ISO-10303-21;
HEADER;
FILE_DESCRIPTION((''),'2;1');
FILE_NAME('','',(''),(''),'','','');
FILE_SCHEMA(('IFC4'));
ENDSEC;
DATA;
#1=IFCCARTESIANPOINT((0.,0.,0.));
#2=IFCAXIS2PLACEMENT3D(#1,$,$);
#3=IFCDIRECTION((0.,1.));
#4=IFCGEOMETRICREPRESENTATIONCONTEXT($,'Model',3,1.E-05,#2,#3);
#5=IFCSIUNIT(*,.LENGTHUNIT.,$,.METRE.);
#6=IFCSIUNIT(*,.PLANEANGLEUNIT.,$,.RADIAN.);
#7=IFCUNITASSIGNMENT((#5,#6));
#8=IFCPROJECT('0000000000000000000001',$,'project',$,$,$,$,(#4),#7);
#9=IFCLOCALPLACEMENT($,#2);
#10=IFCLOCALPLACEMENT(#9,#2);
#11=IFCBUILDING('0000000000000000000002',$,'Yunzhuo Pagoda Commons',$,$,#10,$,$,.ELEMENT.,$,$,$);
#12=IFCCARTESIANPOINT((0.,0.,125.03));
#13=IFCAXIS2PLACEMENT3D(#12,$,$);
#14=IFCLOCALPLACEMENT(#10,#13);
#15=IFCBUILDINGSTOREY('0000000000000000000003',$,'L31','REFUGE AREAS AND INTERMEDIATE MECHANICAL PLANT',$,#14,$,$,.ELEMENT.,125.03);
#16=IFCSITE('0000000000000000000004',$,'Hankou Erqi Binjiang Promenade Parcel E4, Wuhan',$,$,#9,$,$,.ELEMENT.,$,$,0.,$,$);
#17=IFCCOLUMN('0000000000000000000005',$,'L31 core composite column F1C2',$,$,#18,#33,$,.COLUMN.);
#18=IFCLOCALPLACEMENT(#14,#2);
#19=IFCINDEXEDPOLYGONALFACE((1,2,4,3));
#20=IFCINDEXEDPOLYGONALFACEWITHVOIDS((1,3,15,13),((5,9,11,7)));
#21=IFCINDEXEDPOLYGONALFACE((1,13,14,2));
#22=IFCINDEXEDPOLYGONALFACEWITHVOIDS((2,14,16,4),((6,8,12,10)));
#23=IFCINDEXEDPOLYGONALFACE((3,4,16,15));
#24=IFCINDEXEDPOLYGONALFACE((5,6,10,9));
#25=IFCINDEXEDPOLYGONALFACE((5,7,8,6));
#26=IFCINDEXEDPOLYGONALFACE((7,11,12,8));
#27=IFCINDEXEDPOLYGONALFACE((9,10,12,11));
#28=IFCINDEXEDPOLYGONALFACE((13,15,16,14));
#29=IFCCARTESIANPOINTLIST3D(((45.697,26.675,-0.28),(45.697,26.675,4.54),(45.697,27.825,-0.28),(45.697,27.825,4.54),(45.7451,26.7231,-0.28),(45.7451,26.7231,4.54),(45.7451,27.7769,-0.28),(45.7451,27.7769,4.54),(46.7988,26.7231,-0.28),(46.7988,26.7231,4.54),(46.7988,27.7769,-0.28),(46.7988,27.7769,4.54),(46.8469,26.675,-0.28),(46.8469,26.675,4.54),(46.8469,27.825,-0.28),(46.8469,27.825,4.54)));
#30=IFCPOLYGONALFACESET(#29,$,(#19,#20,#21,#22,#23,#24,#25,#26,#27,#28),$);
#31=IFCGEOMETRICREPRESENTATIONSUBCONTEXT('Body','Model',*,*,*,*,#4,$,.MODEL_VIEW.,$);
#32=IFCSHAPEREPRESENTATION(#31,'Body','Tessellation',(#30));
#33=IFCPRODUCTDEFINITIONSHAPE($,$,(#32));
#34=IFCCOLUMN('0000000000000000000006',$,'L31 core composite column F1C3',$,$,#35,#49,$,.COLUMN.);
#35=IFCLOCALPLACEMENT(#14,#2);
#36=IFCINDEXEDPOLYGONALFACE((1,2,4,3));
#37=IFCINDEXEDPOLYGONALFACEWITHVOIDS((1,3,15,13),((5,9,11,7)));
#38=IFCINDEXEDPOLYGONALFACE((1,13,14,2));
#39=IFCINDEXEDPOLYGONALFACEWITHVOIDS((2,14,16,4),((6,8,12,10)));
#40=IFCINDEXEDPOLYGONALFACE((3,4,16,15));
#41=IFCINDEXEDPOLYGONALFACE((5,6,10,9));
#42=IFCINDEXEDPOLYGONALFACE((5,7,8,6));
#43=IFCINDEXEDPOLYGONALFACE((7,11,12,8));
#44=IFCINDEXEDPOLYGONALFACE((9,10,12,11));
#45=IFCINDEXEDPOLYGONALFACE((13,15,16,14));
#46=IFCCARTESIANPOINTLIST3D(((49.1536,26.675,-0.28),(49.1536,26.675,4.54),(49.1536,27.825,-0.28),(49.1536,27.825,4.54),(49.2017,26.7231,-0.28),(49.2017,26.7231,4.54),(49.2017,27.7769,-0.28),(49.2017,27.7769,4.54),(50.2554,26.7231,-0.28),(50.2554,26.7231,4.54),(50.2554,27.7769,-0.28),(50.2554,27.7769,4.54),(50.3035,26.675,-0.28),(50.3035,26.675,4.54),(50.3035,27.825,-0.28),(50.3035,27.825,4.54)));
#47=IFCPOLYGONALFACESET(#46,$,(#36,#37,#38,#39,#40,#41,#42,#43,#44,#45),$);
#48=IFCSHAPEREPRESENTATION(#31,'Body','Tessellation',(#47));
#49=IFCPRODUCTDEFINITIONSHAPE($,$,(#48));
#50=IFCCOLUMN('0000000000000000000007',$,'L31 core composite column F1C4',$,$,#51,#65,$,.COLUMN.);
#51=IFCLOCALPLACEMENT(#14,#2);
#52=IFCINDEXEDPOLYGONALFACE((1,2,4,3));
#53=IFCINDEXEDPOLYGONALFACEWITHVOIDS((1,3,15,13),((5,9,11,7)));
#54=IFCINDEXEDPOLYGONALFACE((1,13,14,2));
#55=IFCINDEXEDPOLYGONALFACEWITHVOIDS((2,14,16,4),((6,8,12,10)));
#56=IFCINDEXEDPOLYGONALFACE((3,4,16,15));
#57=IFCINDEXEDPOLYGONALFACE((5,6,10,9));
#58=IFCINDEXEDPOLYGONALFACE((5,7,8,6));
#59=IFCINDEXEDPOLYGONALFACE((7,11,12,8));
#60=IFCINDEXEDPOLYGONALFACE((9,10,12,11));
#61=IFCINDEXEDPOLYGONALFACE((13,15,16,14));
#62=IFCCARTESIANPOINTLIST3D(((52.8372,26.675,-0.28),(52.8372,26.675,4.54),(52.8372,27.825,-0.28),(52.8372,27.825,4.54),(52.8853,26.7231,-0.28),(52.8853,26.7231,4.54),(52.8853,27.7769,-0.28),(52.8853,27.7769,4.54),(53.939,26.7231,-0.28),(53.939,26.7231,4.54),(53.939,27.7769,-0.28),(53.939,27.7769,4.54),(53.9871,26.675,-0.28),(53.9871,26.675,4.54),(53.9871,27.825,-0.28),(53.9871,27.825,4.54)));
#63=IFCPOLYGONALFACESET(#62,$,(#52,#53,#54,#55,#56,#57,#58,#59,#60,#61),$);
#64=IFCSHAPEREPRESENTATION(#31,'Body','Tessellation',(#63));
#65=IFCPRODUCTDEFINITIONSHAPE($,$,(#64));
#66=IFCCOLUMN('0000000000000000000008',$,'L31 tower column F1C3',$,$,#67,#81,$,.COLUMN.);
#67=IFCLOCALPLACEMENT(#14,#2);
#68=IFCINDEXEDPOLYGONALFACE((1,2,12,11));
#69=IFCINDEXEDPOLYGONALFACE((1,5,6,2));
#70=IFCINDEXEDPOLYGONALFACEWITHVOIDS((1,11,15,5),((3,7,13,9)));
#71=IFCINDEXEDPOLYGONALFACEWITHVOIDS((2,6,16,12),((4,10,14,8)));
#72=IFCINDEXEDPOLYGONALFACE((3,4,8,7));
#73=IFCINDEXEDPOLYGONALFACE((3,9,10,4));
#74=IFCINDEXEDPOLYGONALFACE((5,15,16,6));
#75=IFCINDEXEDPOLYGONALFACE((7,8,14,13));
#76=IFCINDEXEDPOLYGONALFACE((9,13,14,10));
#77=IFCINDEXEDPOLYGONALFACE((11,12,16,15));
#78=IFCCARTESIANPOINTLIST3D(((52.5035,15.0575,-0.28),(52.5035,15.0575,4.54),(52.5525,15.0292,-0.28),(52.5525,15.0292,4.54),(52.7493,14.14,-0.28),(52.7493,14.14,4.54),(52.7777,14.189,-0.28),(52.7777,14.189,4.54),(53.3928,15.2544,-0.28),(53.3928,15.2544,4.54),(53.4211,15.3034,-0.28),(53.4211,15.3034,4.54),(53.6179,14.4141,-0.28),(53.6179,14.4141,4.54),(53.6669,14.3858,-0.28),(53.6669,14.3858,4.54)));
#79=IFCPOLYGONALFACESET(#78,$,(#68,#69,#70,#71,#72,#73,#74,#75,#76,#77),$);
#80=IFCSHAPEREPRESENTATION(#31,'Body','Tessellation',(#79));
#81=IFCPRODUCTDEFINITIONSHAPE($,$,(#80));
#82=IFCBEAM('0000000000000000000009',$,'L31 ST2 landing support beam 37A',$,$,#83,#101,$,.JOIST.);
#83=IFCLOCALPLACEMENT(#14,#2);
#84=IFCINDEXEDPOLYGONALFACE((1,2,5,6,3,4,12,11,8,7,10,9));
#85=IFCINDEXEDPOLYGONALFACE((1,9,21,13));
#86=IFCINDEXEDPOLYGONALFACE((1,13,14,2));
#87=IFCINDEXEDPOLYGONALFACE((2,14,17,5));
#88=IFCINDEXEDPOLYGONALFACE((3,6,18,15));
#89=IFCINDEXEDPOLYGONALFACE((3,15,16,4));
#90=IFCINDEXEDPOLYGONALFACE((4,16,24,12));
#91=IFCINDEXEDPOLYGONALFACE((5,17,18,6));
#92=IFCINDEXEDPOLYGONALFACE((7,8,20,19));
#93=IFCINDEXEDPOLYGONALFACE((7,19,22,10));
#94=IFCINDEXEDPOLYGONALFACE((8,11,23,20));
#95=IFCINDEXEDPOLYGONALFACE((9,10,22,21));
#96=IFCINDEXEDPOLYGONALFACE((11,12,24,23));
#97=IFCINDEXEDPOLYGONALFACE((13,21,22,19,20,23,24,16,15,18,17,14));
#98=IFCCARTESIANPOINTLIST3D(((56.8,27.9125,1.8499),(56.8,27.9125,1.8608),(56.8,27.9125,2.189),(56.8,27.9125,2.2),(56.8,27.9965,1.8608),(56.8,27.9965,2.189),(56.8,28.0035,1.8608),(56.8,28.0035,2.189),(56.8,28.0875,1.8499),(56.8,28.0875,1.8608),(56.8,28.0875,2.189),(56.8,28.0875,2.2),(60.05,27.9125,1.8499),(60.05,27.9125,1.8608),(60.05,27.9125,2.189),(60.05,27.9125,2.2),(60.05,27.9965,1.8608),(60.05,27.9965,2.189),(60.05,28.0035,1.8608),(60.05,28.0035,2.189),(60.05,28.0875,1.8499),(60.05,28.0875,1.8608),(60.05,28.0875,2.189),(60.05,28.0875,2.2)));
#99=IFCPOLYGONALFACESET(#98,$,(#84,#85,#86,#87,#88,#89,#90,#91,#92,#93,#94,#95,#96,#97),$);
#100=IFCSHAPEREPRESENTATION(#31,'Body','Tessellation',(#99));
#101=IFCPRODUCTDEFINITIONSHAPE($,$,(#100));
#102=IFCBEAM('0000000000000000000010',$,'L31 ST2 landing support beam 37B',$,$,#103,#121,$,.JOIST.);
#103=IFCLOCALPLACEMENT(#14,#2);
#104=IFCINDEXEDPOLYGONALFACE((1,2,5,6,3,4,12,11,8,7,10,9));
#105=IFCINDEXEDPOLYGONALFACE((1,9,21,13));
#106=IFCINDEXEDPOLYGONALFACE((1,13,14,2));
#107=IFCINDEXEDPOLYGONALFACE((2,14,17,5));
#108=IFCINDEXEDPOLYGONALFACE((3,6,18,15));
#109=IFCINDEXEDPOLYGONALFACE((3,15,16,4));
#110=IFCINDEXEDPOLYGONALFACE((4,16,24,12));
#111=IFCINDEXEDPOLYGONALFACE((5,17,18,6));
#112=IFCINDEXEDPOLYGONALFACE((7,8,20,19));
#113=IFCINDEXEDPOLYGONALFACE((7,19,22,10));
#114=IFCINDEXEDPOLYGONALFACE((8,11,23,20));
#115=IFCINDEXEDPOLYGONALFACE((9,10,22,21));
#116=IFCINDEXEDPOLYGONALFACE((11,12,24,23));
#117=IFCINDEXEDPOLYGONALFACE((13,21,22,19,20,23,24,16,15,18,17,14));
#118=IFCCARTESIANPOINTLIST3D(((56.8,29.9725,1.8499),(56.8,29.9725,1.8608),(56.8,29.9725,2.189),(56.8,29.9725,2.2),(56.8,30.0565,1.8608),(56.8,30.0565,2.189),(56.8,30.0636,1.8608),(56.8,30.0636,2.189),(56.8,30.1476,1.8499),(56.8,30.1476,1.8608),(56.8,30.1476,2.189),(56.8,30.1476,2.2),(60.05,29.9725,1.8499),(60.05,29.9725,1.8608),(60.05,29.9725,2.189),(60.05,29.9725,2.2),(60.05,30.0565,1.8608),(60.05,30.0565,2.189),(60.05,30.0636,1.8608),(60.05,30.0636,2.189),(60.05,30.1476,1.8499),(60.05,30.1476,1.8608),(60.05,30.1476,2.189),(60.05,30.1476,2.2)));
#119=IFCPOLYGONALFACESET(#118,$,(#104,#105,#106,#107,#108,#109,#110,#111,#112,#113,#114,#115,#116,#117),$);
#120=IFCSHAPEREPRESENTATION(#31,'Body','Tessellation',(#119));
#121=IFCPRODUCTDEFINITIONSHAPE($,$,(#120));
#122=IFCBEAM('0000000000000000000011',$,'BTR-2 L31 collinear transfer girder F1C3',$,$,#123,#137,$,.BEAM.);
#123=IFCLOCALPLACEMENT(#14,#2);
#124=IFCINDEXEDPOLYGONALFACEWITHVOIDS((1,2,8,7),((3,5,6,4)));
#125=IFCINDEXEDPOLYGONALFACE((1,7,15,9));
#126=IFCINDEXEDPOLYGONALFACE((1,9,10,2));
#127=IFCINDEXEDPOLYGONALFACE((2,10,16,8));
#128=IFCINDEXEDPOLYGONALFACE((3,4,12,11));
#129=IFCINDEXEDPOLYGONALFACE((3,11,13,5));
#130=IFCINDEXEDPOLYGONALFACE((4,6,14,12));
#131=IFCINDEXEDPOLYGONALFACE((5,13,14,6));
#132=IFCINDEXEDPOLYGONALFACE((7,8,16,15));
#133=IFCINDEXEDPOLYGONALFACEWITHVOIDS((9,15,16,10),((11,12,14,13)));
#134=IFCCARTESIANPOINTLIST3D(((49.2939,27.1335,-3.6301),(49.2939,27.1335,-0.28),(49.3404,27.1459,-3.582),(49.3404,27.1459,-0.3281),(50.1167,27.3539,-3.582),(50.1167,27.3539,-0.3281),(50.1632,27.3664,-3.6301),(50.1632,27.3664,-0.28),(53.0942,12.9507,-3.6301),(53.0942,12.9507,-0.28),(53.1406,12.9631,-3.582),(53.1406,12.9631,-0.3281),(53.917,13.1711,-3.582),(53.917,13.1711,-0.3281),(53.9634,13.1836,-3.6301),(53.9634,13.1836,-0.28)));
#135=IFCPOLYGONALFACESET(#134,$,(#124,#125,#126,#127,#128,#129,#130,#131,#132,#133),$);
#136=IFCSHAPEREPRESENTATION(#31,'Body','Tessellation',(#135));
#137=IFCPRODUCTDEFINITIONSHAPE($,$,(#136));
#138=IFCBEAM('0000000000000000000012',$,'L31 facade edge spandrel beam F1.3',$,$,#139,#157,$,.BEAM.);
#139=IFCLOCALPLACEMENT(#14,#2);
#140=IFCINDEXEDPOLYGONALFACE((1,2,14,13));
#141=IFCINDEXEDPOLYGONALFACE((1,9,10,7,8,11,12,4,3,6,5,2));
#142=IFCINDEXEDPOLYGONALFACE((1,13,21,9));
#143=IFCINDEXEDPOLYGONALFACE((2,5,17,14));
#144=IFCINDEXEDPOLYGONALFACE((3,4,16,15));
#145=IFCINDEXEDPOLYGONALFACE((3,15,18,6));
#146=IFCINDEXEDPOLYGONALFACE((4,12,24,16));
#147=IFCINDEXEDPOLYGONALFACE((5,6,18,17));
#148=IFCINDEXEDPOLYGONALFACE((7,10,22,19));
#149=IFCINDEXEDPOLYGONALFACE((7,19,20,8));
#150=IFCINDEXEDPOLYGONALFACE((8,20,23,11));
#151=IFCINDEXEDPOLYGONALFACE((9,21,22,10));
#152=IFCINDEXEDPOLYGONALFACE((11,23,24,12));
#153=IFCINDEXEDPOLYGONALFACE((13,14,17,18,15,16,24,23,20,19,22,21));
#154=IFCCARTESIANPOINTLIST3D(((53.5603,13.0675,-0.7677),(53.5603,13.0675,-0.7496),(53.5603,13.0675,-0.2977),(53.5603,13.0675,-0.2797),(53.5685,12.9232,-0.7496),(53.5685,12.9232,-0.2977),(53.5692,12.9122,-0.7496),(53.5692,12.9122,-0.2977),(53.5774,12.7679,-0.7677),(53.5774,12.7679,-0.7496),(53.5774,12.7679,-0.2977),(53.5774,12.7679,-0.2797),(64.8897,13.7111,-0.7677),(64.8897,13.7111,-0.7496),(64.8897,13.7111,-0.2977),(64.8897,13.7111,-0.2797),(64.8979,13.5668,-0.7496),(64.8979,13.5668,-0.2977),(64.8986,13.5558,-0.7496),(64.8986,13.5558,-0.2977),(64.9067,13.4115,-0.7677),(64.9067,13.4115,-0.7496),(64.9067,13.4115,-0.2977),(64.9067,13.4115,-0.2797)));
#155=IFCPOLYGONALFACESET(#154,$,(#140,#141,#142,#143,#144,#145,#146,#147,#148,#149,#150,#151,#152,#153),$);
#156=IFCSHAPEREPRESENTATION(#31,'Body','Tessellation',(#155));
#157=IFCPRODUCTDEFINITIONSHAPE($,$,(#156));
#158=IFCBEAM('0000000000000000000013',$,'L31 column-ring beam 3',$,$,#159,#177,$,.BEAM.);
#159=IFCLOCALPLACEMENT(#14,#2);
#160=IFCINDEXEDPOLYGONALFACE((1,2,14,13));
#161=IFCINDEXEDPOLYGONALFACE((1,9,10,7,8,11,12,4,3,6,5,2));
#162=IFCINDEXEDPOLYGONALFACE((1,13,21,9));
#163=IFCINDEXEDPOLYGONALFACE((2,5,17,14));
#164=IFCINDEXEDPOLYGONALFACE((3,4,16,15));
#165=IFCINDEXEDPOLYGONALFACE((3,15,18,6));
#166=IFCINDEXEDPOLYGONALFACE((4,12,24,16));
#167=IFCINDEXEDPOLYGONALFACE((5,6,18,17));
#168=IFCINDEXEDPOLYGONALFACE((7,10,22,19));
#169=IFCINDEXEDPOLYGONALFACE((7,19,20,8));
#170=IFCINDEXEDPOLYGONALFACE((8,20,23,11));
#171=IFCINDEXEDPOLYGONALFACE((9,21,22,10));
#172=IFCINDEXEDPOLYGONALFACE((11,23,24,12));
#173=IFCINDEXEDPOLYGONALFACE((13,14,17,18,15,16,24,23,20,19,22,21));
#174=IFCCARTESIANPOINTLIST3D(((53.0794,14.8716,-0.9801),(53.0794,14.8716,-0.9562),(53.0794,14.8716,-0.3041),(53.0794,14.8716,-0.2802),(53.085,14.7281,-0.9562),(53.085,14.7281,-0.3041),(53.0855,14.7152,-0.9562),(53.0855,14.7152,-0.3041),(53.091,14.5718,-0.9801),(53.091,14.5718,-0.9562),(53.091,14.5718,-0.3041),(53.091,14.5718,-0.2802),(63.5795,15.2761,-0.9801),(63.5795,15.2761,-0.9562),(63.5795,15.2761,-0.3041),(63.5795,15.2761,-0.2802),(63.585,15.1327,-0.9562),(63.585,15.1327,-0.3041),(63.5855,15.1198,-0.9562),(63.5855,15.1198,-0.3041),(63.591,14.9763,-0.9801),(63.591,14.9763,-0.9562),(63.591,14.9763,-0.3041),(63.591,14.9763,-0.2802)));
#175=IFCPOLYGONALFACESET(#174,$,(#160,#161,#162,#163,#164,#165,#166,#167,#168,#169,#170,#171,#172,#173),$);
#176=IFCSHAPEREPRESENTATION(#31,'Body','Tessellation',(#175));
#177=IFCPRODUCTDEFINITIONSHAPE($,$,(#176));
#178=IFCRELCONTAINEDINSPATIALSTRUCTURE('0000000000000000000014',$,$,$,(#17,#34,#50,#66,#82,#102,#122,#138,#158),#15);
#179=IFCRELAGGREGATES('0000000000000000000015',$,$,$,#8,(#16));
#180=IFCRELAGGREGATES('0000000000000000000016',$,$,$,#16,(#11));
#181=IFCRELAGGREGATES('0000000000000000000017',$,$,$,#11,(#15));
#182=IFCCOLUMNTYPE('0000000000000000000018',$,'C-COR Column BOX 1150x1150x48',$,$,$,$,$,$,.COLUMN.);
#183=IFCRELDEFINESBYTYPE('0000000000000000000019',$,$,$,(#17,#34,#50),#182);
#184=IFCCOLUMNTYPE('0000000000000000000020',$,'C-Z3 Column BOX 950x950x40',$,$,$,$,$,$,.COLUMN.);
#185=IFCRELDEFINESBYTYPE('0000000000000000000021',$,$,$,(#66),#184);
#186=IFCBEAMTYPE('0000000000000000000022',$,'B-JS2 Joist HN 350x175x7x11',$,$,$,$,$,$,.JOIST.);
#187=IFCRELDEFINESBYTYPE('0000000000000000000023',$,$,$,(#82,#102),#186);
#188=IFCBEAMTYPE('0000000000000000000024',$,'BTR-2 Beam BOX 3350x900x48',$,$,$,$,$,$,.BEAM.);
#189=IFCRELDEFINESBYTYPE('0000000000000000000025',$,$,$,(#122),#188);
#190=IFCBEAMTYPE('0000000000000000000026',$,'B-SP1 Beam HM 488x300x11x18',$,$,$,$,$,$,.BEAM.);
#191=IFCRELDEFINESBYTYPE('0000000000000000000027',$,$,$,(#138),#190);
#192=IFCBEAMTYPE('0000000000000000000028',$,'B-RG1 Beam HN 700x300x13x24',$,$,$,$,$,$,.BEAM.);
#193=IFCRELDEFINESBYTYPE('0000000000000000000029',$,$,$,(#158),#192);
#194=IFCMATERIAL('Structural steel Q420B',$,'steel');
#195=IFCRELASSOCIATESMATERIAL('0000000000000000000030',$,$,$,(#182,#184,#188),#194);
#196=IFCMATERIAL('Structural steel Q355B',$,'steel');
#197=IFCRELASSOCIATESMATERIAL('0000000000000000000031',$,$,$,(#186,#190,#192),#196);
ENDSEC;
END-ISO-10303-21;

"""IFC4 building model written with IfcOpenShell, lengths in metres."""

from ifc_helpers import new_model, si_unit, direction, frame, origin, origin_2d, place, context, subcontext, project, spatial, hollow_rectangle, i_section, extrude, source, transform, mapped, material, material_profile, profile_set, type_object, element, save


model = new_model("IFC4")

# Units and contexts
model_context = context("Model", 3, precision=1e-05, world=origin(), true_north=direction((0.0, 1.0)))
body_context = subcontext(model_context, "Body", "Model", "MODEL_VIEW")
ifc_project = project(units=[si_unit("LENGTHUNIT", "METRE"), si_unit("PLANEANGLEUNIT", "RADIAN")], contexts=[model_context])

# Site, building, storey
site_placement = place(None, origin())
site = spatial("IfcSite", under=ifc_project, at=site_placement, Name="Hankou Erqi Binjiang Promenade Parcel E4, Wuhan", CompositionType="ELEMENT", RefElevation=0.0)
building_placement = place(site_placement, origin())
building = spatial("IfcBuilding", under=site, at=building_placement, Name="Yunzhuo Pagoda Commons", CompositionType="ELEMENT")
storey_placement = place(building_placement, frame((0.0, 0.0, 125.03)))
storey = spatial("IfcBuildingStorey", under=building, at=storey_placement, Name="L31", Description="REFUGE AREAS AND INTERMEDIATE MECHANICAL PLANT", CompositionType="ELEMENT", Elevation=125.03)

# Columns
ifc_material_1 = material(Name="Structural steel Q420B", Category="steel")
ifc_material_profile_1 = material_profile(ifc_material_1, hollow_rectangle(XDim=1.1499, YDim=1.1499, WallThickness=0.0481, at=origin_2d()), Name="Structural steel Q420B")
ifc_profile_set_1 = profile_set([ifc_material_profile_1], Name="Structural steel Q420B")
column_type_1 = type_object("IfcColumnType", Name="C-COR Column BOX 1150x1150x48", PredefinedType="COLUMN", material=ifc_profile_set_1)
shared_shape_1 = source(origin(), body_context, "Body", "SweptSolid", [
    extrude(hollow_rectangle(XDim=1.1499, YDim=1.1499, WallThickness=0.0481, at=origin_2d()), origin(), (0.0, 0.0, 1.0), 4.8201),
])
for number, where, z_axis, x_axis, name in (
    (1, (46.272, 27.25, -0.28), (0.0, 0.0, 1.0), (1.0, 0.0, 0.0), "L31 core composite column F1C2"),
    (2, (49.7285, 27.25, -0.28), (0.0, 0.0, 1.0), (1.0, 0.0, 0.0), "L31 core composite column F1C3"),
    (3, (53.4121, 27.25, -0.28), (0.0, 0.0, 1.0), (1.0, 0.0, 0.0), "L31 core composite column F1C4"),
):
    element("IfcColumn", number, at=place(storey_placement, frame(where, z_axis=z_axis, x_axis=x_axis)), inside=storey, type_object=column_type_1, Name=name, PredefinedType="COLUMN", context=body_context, shape_type="MappedRepresentation", body=[
        mapped(shared_shape_1, transform((0.0, 0.0, 0.0), scale=1.0)),
    ])
ifc_material_profile_2 = material_profile(ifc_material_1, hollow_rectangle(XDim=0.95, YDim=0.95, WallThickness=0.04, at=origin_2d()), Name="Structural steel Q420B")
ifc_profile_set_2 = profile_set([ifc_material_profile_2], Name="Structural steel Q420B")
column_type_2 = type_object("IfcColumnType", Name="C-Z3 Column BOX 950x950x40", PredefinedType="COLUMN", material=ifc_profile_set_2)
shared_shape_2 = source(origin(), body_context, "Body", "SweptSolid", [
    extrude(hollow_rectangle(XDim=0.95, YDim=0.95, WallThickness=0.04, at=origin_2d()), origin(), (0.0, 0.0, 1.0), 4.8201),
])
column_placement = place(storey_placement, frame((53.0852, 14.7217, -0.28), z_axis=(0.0, 0.0, 1.0), x_axis=(0.965926, 0.258819, 0.0)))
element("IfcColumn", 4, at=column_placement, inside=storey, type_object=column_type_2, Name="L31 tower column F1C3", PredefinedType="COLUMN", context=body_context, shape_type="MappedRepresentation", body=[
    mapped(shared_shape_2, transform((0.0, 0.0, 0.0), scale=1.0)),
])

# Beams
ifc_material_2 = material(Name="Structural steel Q355B", Category="steel")
ifc_material_profile_3 = material_profile(ifc_material_2, i_section(OverallWidth=0.175, OverallDepth=0.3501, WebThickness=0.0071, FlangeThickness=0.011, at=origin_2d()), Name="Structural steel Q355B")
ifc_profile_set_3 = profile_set([ifc_material_profile_3], Name="Structural steel Q355B")
beam_type_1 = type_object("IfcBeamType", Name="B-JS2 Joist HN 350x175x7x11", PredefinedType="JOIST", material=ifc_profile_set_3)
shared_shape_3 = source(origin(), body_context, "Body", "SweptSolid", [
    extrude(i_section(OverallWidth=0.175, OverallDepth=0.3501, WebThickness=0.0071, FlangeThickness=0.011, at=origin_2d()), origin(), (0.0, 0.0, 1.0), 3.25),
])
for number, where, z_axis, x_axis, name in (
    (5, (56.8, 28.0, 2.0249), (1.0, 0.0, 0.0), (0.0, 1.0, 0.0), "L31 ST2 landing support beam 37A"),
    (6, (56.8, 30.0601, 2.0249), (1.0, 0.0, 0.0), (0.0, 1.0, 0.0), "L31 ST2 landing support beam 37B"),
):
    element("IfcBeam", number, at=place(storey_placement, frame(where, z_axis=z_axis, x_axis=x_axis)), inside=storey, type_object=beam_type_1, Name=name, PredefinedType="JOIST", context=body_context, shape_type="MappedRepresentation", body=[
        mapped(shared_shape_3, transform((0.0, 0.0, 0.0), scale=1.0)),
    ])
ifc_material_profile_4 = material_profile(ifc_material_1, hollow_rectangle(XDim=0.8999, YDim=3.3501, WallThickness=0.0481, at=origin_2d()), Name="Structural steel Q420B")
ifc_profile_set_4 = profile_set([ifc_material_profile_4], Name="Structural steel Q420B")
beam_type_2 = type_object("IfcBeamType", Name="BTR-2 Beam BOX 3350x900x48", PredefinedType="BEAM", material=ifc_profile_set_4)
shared_shape_4 = source(origin(), body_context, "Body", "SweptSolid", [
    extrude(hollow_rectangle(XDim=0.8999, YDim=3.3501, WallThickness=0.0481, at=origin_2d()), origin(), (0.0, 0.0, 1.0), 14.6831),
])
beam_1_placement = place(storey_placement, frame((53.5288, 13.0671, -1.9551), z_axis=(-0.258819, 0.965926, 0.0), x_axis=(-0.965926, -0.258819, 0.0)))
element("IfcBeam", 7, at=beam_1_placement, inside=storey, type_object=beam_type_2, Name="BTR-2 L31 collinear transfer girder F1C3", PredefinedType="BEAM", context=body_context, shape_type="MappedRepresentation", body=[
    mapped(shared_shape_4, transform((0.0, 0.0, 0.0), scale=1.0)),
])
ifc_material_profile_5 = material_profile(ifc_material_2, i_section(OverallWidth=0.3, OverallDepth=0.488, WebThickness=0.011, FlangeThickness=0.0181, at=origin_2d()), Name="Structural steel Q355B")
ifc_profile_set_5 = profile_set([ifc_material_profile_5], Name="Structural steel Q355B")
beam_type_3 = type_object("IfcBeamType", Name="B-SP1 Beam HM 488x300x11x18", PredefinedType="BEAM", material=ifc_profile_set_5)
shared_shape_5 = source(origin(), body_context, "Body", "SweptSolid", [
    extrude(i_section(OverallWidth=0.3, OverallDepth=0.488, WebThickness=0.011, FlangeThickness=0.0181, at=origin_2d()), origin(), (0.0, 0.0, 1.0), 11.3477),
])
beam_2_placement = place(storey_placement, frame((53.5688, 12.9177, -0.5237), z_axis=(0.998391, 0.056713, 0.0), x_axis=(-0.056713, 0.998391, 0.0)))
element("IfcBeam", 8, at=beam_2_placement, inside=storey, type_object=beam_type_3, Name="L31 facade edge spandrel beam F1.3", PredefinedType="BEAM", context=body_context, shape_type="MappedRepresentation", body=[
    mapped(shared_shape_5, transform((0.0, 0.0, 0.0), scale=1.0)),
])
ifc_material_profile_6 = material_profile(ifc_material_2, i_section(OverallWidth=0.3, OverallDepth=0.7, WebThickness=0.0129, FlangeThickness=0.0239, at=origin_2d()), Name="Structural steel Q355B")
ifc_profile_set_6 = profile_set([ifc_material_profile_6], Name="Structural steel Q355B")
beam_type_4 = type_object("IfcBeamType", Name="B-RG1 Beam HN 700x300x13x24", PredefinedType="BEAM", material=ifc_profile_set_6)
shared_shape_6 = source(origin(), body_context, "Body", "SweptSolid", [
    extrude(i_section(OverallWidth=0.3, OverallDepth=0.7, WebThickness=0.0129, FlangeThickness=0.0239, at=origin_2d()), origin(), (0.0, 0.0, 1.0), 10.5078),
])
beam_3_placement = place(storey_placement, frame((53.0852, 14.7217, -0.6301), z_axis=(0.999259, 0.038499, 0.0), x_axis=(-0.038499, 0.999259, 0.0)))
element("IfcBeam", 9, at=beam_3_placement, inside=storey, type_object=beam_type_4, Name="L31 column-ring beam 3", PredefinedType="BEAM", context=body_context, shape_type="MappedRepresentation", body=[
    mapped(shared_shape_6, transform((0.0, 0.0, 0.0), scale=1.0)),
])

save(model, "model.ifc")
